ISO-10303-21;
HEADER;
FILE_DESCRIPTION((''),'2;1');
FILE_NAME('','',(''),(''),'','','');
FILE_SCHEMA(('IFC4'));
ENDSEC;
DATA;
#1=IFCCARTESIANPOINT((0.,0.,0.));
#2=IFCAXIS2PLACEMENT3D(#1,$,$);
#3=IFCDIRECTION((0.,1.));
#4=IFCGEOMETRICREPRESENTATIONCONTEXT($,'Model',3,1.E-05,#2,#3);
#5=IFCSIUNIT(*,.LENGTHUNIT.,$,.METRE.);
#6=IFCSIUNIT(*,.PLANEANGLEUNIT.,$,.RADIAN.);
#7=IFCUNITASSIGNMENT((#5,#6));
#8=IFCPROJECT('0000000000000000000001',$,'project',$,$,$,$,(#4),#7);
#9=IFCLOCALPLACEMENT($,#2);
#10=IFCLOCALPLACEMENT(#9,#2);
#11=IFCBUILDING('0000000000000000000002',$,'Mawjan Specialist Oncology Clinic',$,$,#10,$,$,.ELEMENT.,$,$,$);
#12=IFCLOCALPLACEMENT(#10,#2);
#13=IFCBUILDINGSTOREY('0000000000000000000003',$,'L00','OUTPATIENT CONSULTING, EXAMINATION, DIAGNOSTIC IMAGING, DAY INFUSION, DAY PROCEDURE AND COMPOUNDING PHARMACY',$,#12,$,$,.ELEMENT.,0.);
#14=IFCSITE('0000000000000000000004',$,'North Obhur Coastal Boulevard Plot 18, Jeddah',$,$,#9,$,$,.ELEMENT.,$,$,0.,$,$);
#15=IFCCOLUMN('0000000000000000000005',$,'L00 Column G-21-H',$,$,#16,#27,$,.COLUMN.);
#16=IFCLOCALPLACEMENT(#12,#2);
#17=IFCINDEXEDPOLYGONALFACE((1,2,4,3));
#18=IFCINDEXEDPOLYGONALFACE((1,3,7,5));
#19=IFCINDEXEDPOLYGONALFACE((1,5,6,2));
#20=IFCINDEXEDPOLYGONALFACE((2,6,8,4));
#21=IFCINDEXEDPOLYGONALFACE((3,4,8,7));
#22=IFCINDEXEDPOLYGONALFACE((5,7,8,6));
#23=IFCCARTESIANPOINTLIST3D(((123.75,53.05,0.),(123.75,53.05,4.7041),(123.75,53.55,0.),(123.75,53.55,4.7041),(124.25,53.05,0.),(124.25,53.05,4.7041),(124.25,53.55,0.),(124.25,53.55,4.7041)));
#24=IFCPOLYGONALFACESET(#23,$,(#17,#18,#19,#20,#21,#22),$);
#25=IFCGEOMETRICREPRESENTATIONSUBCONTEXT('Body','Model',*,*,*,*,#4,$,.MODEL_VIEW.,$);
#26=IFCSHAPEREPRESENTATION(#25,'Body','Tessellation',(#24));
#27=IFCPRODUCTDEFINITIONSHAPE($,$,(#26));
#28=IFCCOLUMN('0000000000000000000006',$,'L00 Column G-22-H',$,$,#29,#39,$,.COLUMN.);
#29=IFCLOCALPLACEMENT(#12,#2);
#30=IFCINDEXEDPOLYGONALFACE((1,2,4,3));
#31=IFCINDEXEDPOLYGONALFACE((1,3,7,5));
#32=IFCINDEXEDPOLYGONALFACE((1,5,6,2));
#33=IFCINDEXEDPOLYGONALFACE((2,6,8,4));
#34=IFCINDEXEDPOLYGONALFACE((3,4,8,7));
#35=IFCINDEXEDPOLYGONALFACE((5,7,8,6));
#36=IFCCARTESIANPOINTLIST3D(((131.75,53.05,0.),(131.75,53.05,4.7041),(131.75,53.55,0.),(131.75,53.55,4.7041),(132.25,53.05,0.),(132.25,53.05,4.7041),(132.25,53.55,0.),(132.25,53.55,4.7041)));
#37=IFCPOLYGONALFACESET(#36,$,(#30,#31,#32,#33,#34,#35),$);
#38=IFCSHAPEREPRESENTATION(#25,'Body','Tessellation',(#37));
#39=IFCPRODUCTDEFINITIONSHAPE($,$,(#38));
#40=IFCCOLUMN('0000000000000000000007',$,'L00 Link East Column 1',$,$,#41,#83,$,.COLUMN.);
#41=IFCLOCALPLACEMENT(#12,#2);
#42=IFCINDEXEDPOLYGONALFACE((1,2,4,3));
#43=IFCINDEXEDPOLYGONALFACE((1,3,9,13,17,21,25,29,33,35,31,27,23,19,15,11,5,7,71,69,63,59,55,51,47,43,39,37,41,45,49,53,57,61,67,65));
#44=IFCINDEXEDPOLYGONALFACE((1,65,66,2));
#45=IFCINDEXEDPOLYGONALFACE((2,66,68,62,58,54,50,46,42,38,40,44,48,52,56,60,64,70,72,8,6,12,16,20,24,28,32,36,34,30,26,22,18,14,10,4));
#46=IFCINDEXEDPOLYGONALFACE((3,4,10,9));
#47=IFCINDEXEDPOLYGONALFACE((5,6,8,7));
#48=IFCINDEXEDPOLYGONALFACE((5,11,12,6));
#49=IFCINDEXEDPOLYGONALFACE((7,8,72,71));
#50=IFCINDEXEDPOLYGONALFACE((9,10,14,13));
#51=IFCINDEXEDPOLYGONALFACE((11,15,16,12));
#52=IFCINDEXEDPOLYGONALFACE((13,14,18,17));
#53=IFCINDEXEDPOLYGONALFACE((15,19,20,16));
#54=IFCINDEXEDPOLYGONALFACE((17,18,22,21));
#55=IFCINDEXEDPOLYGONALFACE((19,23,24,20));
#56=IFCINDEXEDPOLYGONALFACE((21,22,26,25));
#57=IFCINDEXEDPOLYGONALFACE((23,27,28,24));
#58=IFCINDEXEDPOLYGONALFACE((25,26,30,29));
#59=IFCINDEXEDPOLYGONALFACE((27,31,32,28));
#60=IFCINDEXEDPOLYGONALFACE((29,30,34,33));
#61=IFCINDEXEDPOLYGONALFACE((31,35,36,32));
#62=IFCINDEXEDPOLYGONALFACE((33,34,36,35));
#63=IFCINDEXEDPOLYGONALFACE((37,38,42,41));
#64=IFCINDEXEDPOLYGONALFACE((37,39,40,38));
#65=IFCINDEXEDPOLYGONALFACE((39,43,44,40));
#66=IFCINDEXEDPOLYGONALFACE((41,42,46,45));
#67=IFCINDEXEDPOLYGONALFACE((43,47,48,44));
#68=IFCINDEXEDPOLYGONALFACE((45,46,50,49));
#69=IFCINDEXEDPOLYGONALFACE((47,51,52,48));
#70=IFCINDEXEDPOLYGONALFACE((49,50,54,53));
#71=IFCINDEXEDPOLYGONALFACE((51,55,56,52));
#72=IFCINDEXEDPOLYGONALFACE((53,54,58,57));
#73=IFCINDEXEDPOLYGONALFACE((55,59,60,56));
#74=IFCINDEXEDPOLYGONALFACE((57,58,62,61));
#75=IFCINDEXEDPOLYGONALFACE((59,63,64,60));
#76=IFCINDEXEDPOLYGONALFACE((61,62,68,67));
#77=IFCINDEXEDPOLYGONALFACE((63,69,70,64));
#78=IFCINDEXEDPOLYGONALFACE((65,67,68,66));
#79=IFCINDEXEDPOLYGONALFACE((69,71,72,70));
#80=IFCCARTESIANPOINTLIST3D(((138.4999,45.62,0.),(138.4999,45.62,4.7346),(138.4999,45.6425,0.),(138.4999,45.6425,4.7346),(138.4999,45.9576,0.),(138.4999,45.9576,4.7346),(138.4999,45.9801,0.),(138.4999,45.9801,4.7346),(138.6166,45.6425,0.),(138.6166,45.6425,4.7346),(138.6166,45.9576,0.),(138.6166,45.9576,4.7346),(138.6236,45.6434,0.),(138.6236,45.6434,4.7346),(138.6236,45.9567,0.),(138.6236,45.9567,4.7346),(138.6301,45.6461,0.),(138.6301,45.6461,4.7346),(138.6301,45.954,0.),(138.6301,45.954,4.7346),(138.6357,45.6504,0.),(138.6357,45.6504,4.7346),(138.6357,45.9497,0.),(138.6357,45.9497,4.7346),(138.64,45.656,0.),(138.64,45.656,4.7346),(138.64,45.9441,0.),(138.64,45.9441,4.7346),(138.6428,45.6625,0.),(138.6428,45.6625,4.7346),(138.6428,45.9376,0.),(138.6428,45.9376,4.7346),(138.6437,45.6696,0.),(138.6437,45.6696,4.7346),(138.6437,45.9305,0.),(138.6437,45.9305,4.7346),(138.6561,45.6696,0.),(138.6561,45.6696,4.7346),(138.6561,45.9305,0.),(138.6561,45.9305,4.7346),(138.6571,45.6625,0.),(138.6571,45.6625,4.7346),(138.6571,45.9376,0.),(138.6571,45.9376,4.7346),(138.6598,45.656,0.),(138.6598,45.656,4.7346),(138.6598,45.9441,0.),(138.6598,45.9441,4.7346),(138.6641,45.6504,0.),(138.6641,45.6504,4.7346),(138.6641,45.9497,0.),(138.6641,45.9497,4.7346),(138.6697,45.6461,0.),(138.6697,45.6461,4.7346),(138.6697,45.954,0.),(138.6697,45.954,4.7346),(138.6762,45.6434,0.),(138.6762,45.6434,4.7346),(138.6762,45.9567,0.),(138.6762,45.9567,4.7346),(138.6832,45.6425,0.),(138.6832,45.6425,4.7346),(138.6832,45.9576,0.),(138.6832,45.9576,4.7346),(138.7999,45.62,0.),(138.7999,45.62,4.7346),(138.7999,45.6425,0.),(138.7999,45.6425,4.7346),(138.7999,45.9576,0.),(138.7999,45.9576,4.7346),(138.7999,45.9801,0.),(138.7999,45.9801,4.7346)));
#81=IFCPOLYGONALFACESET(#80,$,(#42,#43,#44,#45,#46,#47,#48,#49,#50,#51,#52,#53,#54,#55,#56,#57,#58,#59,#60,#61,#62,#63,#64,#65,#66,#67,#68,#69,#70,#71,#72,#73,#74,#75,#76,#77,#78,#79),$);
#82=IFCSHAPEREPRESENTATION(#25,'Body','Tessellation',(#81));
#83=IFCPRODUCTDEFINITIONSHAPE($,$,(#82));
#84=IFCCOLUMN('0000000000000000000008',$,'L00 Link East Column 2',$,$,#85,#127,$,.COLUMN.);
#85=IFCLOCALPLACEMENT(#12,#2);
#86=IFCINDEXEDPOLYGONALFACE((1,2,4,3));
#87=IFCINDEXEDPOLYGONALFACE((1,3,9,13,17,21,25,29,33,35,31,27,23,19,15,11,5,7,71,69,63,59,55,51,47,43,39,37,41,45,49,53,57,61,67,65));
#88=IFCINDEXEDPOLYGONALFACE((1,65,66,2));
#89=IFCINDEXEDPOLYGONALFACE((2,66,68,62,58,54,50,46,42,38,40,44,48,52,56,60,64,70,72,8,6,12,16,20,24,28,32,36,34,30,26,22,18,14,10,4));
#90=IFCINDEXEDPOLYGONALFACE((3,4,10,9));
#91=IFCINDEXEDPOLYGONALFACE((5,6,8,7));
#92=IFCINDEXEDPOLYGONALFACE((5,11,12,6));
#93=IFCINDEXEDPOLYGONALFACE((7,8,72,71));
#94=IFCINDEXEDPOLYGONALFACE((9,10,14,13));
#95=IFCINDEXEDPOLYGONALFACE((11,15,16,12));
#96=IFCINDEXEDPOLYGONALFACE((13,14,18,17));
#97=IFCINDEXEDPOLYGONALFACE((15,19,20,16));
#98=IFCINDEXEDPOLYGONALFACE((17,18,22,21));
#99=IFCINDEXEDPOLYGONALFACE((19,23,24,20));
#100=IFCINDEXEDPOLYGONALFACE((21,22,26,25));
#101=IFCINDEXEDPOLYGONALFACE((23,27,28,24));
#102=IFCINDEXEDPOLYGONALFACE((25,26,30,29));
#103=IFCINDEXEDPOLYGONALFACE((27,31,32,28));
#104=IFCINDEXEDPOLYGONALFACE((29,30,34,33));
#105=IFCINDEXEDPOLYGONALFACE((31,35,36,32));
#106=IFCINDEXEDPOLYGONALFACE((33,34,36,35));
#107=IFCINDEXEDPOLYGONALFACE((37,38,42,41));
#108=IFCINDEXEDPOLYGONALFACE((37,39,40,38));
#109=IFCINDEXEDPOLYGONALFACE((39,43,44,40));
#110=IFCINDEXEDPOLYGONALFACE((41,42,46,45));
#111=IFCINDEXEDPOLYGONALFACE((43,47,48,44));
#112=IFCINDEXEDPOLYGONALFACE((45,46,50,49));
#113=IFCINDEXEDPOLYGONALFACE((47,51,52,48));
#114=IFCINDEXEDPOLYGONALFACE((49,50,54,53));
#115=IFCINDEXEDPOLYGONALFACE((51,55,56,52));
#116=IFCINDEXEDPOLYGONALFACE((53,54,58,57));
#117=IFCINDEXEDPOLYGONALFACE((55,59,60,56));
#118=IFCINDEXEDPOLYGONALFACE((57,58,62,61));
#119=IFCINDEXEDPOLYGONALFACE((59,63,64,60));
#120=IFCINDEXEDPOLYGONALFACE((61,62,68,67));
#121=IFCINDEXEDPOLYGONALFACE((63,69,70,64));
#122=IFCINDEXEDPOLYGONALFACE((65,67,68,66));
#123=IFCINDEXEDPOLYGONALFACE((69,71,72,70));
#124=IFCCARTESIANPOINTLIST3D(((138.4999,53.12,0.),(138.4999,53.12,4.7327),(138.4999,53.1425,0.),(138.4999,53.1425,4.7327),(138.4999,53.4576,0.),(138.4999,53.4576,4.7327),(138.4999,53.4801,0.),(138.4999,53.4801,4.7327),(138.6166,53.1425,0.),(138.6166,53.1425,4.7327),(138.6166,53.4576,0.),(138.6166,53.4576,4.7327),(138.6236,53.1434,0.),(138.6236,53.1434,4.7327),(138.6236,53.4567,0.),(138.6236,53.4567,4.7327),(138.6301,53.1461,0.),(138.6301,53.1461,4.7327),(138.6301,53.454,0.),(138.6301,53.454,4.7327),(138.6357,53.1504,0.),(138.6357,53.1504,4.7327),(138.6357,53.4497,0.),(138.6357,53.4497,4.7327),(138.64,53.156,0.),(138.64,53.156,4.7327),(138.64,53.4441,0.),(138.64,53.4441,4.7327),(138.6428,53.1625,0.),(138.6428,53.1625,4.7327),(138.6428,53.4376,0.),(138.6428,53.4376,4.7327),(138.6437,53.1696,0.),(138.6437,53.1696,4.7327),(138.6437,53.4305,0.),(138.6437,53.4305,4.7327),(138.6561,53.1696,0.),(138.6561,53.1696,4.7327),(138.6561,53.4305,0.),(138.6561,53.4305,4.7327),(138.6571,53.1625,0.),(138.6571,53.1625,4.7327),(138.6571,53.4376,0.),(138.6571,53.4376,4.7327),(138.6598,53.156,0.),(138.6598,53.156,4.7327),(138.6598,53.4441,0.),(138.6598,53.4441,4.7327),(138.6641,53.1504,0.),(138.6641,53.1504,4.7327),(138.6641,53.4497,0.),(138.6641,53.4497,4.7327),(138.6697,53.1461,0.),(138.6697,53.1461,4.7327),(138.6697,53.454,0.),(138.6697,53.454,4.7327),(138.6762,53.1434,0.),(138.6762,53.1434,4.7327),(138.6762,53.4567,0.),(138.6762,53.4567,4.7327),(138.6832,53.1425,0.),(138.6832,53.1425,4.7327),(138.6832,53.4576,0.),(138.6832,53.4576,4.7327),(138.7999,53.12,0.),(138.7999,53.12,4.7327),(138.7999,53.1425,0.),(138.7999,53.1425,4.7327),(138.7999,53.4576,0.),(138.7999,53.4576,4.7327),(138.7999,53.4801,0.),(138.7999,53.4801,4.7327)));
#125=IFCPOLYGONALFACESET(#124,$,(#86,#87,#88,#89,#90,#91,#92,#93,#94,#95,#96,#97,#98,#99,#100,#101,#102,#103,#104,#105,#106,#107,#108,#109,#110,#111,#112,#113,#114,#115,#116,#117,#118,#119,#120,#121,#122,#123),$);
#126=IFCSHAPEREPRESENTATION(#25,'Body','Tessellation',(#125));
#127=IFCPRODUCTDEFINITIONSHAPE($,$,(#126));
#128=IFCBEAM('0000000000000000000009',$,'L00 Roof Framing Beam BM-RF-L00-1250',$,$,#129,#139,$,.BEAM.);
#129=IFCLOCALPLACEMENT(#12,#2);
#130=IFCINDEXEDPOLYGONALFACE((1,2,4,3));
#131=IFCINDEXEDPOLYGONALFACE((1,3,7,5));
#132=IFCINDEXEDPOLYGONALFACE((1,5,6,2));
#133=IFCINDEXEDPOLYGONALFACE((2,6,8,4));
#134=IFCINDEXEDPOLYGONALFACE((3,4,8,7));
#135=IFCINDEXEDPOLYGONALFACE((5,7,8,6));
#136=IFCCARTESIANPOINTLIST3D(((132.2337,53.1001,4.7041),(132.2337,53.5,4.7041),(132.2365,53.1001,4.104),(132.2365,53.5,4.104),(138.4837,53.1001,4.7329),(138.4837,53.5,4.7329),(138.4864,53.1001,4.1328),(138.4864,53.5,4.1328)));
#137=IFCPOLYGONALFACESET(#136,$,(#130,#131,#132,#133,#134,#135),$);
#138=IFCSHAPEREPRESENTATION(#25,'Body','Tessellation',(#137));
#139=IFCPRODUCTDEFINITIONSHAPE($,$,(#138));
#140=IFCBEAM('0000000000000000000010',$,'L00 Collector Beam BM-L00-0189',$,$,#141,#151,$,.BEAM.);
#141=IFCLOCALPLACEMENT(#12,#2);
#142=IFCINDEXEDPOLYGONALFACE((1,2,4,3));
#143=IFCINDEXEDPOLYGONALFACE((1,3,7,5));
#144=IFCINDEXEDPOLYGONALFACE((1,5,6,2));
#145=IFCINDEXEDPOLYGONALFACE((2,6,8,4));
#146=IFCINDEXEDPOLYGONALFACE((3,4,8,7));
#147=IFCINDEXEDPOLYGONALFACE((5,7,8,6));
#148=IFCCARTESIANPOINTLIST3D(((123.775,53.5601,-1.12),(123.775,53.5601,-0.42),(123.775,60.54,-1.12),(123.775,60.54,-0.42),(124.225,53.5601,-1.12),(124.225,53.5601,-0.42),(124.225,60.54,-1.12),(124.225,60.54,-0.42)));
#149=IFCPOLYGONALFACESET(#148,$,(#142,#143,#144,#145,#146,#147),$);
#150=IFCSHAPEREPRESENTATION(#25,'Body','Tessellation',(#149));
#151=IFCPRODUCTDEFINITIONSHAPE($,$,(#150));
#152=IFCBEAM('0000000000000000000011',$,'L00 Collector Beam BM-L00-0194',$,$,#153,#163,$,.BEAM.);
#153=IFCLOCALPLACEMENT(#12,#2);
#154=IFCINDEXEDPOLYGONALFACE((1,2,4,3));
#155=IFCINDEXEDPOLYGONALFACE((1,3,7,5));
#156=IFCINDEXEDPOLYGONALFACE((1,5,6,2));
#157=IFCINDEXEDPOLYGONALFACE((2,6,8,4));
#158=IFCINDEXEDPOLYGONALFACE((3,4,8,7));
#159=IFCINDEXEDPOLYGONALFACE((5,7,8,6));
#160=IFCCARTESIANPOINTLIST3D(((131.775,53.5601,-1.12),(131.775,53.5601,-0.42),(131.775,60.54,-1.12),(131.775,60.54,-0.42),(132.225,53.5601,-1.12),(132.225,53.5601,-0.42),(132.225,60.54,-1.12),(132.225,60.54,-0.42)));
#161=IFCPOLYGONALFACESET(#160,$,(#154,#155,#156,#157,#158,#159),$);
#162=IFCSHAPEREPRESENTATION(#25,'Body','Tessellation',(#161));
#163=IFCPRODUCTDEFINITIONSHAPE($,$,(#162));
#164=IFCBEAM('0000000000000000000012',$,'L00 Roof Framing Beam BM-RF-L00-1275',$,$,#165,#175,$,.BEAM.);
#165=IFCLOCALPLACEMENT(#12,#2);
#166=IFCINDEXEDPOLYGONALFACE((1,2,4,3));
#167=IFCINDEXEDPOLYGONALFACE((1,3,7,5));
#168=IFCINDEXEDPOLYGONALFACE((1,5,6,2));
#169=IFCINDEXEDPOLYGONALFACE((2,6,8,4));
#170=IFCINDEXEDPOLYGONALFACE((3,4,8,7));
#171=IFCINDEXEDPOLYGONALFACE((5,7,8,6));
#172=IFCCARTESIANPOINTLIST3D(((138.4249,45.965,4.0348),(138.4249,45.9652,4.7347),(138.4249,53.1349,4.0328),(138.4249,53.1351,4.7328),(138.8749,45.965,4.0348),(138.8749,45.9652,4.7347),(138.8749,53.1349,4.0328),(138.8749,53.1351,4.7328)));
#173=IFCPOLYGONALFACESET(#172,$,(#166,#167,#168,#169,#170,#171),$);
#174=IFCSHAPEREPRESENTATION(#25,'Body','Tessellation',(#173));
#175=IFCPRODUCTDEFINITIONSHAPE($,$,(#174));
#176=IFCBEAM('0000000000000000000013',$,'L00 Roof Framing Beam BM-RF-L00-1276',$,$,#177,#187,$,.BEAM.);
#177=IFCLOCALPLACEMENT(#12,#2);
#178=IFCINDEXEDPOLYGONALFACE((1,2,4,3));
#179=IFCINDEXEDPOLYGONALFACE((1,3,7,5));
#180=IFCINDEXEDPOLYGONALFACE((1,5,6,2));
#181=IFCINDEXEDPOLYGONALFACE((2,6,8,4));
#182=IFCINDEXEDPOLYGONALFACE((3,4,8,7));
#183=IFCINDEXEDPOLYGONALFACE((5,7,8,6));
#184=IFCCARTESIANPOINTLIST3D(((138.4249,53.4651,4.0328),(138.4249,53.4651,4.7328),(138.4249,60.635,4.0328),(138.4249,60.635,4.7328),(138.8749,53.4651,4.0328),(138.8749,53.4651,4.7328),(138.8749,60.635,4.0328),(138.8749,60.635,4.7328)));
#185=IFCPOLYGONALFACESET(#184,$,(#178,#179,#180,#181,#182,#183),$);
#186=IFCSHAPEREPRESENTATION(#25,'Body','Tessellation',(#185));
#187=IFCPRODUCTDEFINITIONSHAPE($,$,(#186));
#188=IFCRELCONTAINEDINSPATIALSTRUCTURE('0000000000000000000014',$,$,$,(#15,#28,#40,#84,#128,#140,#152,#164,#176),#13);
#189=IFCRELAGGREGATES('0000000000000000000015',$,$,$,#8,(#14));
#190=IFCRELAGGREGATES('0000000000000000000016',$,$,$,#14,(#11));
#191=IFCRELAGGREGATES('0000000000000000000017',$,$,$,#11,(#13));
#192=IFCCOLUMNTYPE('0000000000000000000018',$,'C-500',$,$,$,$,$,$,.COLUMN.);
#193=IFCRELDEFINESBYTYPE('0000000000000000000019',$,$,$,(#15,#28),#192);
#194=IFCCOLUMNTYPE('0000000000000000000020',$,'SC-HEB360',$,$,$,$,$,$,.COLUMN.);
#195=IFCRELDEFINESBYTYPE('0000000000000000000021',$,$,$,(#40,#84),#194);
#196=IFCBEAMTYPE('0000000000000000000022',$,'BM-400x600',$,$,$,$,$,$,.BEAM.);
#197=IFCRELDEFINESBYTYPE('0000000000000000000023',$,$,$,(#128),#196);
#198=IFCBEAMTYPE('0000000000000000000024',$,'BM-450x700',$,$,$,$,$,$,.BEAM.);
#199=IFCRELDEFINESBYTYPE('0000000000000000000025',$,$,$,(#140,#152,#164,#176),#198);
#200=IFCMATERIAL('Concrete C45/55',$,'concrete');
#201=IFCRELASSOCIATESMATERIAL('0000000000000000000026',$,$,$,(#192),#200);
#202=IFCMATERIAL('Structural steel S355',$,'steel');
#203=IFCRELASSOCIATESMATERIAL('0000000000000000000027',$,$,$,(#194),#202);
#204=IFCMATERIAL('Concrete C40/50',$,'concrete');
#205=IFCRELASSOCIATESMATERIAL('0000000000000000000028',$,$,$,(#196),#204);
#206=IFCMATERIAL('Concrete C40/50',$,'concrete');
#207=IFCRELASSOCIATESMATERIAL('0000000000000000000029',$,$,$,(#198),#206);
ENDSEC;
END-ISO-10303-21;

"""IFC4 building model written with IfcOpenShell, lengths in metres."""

from ifc_helpers import new_model, si_unit, direction, frame, origin, origin_2d, place, context, subcontext, project, spatial, rectangle, i_section, extrude, material, material_profile, profile_set, type_object, element, save


model = new_model("IFC4")

# Units and contexts
model_context = context("Model", 3, precision=1e-05, world=origin(), true_north=direction((0.0, 1.0)))
body_context = subcontext(model_context, "Body", "Model", "MODEL_VIEW")
ifc_project = project(units=[si_unit("LENGTHUNIT", "METRE"), si_unit("PLANEANGLEUNIT", "RADIAN")], contexts=[model_context])

# Site, building, storey
site_placement = place(None, origin())
site = spatial("IfcSite", under=ifc_project, at=site_placement, Name="North Obhur Coastal Boulevard Plot 18, Jeddah", CompositionType="ELEMENT", RefElevation=0.0)
building_placement = place(site_placement, origin())
building = spatial("IfcBuilding", under=site, at=building_placement, Name="Mawjan Specialist Oncology Clinic", CompositionType="ELEMENT")
storey_placement = place(building_placement, origin())
storey = spatial("IfcBuildingStorey", under=building, at=storey_placement, Name="L00", Description="OUTPATIENT CONSULTING, EXAMINATION, DIAGNOSTIC IMAGING, DAY INFUSION, DAY PROCEDURE AND COMPOUNDING PHARMACY", CompositionType="ELEMENT", Elevation=0.0)

# Columns
ifc_material_1 = material(Name="Concrete C45/55", Category="concrete")
ifc_material_profile_1 = material_profile(ifc_material_1, rectangle(XDim=0.5, YDim=0.5, at=origin_2d()), Name="RC COL 500x500", Category="concrete")
ifc_profile_set_1 = profile_set([ifc_material_profile_1], Name="Concrete C45/55")
column_type_1 = type_object("IfcColumnType", Name="C-500", PredefinedType="COLUMN", material=ifc_profile_set_1)
for number, where, z_axis, x_axis, name in (
    (1, (124.0, 53.3, 0.0), (0.0, 0.0, 1.0), (1.0, 0.0, 0.0), "L00 Column G-21-H"),
    (2, (132.0, 53.3, 0.0), (0.0, 0.0, 1.0), (1.0, 0.0, 0.0), "L00 Column G-22-H"),
):
    element("IfcColumn", number, at=place(storey_placement, frame(where, z_axis=z_axis, x_axis=x_axis)), inside=storey, type_object=column_type_1, Name=name, PredefinedType="COLUMN", context=body_context, shape_type="SweptSolid", body=[
        extrude(rectangle(XDim=0.5, YDim=0.5, at=origin_2d()), origin(), (0.0, 0.0, 1.0), 4.7041),
    ])
ifc_material_2 = material(Name="Structural steel S355", Category="steel")
ifc_material_profile_2 = material_profile(ifc_material_2, i_section(OverallWidth=0.3, OverallDepth=0.3601, WebThickness=0.0125, FlangeThickness=0.0225, FilletRadius=0.0271, at=origin_2d()), Name="HEB 360", Category="steel")
ifc_profile_set_2 = profile_set([ifc_material_profile_2], Name="Structural steel S355")
column_type_2 = type_object("IfcColumnType", Name="SC-HEB360", PredefinedType="COLUMN", material=ifc_profile_set_2)
column_1_placement = place(storey_placement, frame((138.6499, 45.8, 0.0), z_axis=(0.0, 0.0, 1.0), x_axis=(1.0, 0.0, 0.0)))
element("IfcColumn", 3, at=column_1_placement, inside=storey, type_object=column_type_2, Name="L00 Link East Column 1", PredefinedType="COLUMN", context=body_context, shape_type="SweptSolid", body=[
    extrude(i_section(OverallWidth=0.3, OverallDepth=0.3601, WebThickness=0.0125, FlangeThickness=0.0225, FilletRadius=0.0271, at=origin_2d()), origin(), (0.0, 0.0, 1.0), 4.7346),
])
column_2_placement = place(storey_placement, frame((138.6499, 53.3, 0.0), z_axis=(0.0, 0.0, 1.0), x_axis=(1.0, 0.0, 0.0)))
element("IfcColumn", 4, at=column_2_placement, inside=storey, type_object=column_type_2, Name="L00 Link East Column 2", PredefinedType="COLUMN", context=body_context, shape_type="SweptSolid", body=[
    extrude(i_section(OverallWidth=0.3, OverallDepth=0.3601, WebThickness=0.0125, FlangeThickness=0.0225, FilletRadius=0.0271, at=origin_2d()), origin(), (0.0, 0.0, 1.0), 4.7327),
])

# Beams
ifc_material_3 = material(Name="Concrete C40/50", Category="concrete")
ifc_material_profile_3 = material_profile(ifc_material_3, rectangle(XDim=0.3999, YDim=0.6001, at=origin_2d()), Name="RC BM 400x600", Category="concrete")
ifc_profile_set_3 = profile_set([ifc_material_profile_3], Name="Concrete C40/50")
beam_type_1 = type_object("IfcBeamType", Name="BM-400x600", PredefinedType="BEAM", material=ifc_profile_set_3)
beam_1_placement = place(storey_placement, frame((132.2351, 53.3, 4.4041), z_axis=(0.999989, 0.0, 0.004609), x_axis=(0.0, 1.0, 0.0)))
element("IfcBeam", 5, at=beam_1_placement, inside=storey, type_object=beam_type_1, Name="L00 Roof Framing Beam BM-RF-L00-1250", PredefinedType="BEAM", context=body_context, shape_type="SweptSolid", body=[
    extrude(rectangle(XDim=0.3999, YDim=0.6001, at=origin_2d()), origin(), (0.0, 0.0, 1.0), 6.25),
])
ifc_material_4 = material(Name="Concrete C40/50", Category="concrete")
ifc_material_profile_4 = material_profile(ifc_material_4, rectangle(XDim=0.45, YDim=0.7, at=origin_2d()), Name="RC BM 450x700", Category="concrete")
ifc_profile_set_4 = profile_set([ifc_material_profile_4], Name="Concrete C40/50")
beam_type_2 = type_object("IfcBeamType", Name="BM-450x700", PredefinedType="BEAM", material=ifc_profile_set_4)
for number, where, z_axis, x_axis, name in (
    (6, (124.0, 53.5601, -0.77), (0.0, 1.0, 0.0), (-1.0, 0.0, 0.0), "L00 Collector Beam BM-L00-0189"),
    (7, (132.0, 53.5601, -0.77), (0.0, 1.0, 0.0), (-1.0, 0.0, 0.0), "L00 Collector Beam BM-L00-0194"),
):
    element("IfcBeam", number, at=place(storey_placement, frame(where, z_axis=z_axis, x_axis=x_axis)), inside=storey, type_object=beam_type_2, Name=name, PredefinedType="BEAM", context=body_context, shape_type="SweptSolid", body=[
        extrude(rectangle(XDim=0.45, YDim=0.7, at=origin_2d()), origin(), (0.0, 0.0, 1.0), 6.98),
    ])
for number, where, z_axis, x_axis, name in (
    (8, (138.6499, 45.9651, 4.3848), (0.0, 1.0, -0.000272), (-1.0, 0.0, 0.0), "L00 Roof Framing Beam BM-RF-L00-1275"),
    (9, (138.6499, 53.4651, 4.3828), (0.0, 1.0, 0.0), (-1.0, 0.0, 0.0), "L00 Roof Framing Beam BM-RF-L00-1276"),
):
    element("IfcBeam", number, at=place(storey_placement, frame(where, z_axis=z_axis, x_axis=x_axis)), inside=storey, type_object=beam_type_2, Name=name, PredefinedType="BEAM", context=body_context, shape_type="SweptSolid", body=[
        extrude(rectangle(XDim=0.45, YDim=0.7, at=origin_2d()), origin(), (0.0, 0.0, 1.0), 7.1699),
    ])

save(model, "model.ifc")
